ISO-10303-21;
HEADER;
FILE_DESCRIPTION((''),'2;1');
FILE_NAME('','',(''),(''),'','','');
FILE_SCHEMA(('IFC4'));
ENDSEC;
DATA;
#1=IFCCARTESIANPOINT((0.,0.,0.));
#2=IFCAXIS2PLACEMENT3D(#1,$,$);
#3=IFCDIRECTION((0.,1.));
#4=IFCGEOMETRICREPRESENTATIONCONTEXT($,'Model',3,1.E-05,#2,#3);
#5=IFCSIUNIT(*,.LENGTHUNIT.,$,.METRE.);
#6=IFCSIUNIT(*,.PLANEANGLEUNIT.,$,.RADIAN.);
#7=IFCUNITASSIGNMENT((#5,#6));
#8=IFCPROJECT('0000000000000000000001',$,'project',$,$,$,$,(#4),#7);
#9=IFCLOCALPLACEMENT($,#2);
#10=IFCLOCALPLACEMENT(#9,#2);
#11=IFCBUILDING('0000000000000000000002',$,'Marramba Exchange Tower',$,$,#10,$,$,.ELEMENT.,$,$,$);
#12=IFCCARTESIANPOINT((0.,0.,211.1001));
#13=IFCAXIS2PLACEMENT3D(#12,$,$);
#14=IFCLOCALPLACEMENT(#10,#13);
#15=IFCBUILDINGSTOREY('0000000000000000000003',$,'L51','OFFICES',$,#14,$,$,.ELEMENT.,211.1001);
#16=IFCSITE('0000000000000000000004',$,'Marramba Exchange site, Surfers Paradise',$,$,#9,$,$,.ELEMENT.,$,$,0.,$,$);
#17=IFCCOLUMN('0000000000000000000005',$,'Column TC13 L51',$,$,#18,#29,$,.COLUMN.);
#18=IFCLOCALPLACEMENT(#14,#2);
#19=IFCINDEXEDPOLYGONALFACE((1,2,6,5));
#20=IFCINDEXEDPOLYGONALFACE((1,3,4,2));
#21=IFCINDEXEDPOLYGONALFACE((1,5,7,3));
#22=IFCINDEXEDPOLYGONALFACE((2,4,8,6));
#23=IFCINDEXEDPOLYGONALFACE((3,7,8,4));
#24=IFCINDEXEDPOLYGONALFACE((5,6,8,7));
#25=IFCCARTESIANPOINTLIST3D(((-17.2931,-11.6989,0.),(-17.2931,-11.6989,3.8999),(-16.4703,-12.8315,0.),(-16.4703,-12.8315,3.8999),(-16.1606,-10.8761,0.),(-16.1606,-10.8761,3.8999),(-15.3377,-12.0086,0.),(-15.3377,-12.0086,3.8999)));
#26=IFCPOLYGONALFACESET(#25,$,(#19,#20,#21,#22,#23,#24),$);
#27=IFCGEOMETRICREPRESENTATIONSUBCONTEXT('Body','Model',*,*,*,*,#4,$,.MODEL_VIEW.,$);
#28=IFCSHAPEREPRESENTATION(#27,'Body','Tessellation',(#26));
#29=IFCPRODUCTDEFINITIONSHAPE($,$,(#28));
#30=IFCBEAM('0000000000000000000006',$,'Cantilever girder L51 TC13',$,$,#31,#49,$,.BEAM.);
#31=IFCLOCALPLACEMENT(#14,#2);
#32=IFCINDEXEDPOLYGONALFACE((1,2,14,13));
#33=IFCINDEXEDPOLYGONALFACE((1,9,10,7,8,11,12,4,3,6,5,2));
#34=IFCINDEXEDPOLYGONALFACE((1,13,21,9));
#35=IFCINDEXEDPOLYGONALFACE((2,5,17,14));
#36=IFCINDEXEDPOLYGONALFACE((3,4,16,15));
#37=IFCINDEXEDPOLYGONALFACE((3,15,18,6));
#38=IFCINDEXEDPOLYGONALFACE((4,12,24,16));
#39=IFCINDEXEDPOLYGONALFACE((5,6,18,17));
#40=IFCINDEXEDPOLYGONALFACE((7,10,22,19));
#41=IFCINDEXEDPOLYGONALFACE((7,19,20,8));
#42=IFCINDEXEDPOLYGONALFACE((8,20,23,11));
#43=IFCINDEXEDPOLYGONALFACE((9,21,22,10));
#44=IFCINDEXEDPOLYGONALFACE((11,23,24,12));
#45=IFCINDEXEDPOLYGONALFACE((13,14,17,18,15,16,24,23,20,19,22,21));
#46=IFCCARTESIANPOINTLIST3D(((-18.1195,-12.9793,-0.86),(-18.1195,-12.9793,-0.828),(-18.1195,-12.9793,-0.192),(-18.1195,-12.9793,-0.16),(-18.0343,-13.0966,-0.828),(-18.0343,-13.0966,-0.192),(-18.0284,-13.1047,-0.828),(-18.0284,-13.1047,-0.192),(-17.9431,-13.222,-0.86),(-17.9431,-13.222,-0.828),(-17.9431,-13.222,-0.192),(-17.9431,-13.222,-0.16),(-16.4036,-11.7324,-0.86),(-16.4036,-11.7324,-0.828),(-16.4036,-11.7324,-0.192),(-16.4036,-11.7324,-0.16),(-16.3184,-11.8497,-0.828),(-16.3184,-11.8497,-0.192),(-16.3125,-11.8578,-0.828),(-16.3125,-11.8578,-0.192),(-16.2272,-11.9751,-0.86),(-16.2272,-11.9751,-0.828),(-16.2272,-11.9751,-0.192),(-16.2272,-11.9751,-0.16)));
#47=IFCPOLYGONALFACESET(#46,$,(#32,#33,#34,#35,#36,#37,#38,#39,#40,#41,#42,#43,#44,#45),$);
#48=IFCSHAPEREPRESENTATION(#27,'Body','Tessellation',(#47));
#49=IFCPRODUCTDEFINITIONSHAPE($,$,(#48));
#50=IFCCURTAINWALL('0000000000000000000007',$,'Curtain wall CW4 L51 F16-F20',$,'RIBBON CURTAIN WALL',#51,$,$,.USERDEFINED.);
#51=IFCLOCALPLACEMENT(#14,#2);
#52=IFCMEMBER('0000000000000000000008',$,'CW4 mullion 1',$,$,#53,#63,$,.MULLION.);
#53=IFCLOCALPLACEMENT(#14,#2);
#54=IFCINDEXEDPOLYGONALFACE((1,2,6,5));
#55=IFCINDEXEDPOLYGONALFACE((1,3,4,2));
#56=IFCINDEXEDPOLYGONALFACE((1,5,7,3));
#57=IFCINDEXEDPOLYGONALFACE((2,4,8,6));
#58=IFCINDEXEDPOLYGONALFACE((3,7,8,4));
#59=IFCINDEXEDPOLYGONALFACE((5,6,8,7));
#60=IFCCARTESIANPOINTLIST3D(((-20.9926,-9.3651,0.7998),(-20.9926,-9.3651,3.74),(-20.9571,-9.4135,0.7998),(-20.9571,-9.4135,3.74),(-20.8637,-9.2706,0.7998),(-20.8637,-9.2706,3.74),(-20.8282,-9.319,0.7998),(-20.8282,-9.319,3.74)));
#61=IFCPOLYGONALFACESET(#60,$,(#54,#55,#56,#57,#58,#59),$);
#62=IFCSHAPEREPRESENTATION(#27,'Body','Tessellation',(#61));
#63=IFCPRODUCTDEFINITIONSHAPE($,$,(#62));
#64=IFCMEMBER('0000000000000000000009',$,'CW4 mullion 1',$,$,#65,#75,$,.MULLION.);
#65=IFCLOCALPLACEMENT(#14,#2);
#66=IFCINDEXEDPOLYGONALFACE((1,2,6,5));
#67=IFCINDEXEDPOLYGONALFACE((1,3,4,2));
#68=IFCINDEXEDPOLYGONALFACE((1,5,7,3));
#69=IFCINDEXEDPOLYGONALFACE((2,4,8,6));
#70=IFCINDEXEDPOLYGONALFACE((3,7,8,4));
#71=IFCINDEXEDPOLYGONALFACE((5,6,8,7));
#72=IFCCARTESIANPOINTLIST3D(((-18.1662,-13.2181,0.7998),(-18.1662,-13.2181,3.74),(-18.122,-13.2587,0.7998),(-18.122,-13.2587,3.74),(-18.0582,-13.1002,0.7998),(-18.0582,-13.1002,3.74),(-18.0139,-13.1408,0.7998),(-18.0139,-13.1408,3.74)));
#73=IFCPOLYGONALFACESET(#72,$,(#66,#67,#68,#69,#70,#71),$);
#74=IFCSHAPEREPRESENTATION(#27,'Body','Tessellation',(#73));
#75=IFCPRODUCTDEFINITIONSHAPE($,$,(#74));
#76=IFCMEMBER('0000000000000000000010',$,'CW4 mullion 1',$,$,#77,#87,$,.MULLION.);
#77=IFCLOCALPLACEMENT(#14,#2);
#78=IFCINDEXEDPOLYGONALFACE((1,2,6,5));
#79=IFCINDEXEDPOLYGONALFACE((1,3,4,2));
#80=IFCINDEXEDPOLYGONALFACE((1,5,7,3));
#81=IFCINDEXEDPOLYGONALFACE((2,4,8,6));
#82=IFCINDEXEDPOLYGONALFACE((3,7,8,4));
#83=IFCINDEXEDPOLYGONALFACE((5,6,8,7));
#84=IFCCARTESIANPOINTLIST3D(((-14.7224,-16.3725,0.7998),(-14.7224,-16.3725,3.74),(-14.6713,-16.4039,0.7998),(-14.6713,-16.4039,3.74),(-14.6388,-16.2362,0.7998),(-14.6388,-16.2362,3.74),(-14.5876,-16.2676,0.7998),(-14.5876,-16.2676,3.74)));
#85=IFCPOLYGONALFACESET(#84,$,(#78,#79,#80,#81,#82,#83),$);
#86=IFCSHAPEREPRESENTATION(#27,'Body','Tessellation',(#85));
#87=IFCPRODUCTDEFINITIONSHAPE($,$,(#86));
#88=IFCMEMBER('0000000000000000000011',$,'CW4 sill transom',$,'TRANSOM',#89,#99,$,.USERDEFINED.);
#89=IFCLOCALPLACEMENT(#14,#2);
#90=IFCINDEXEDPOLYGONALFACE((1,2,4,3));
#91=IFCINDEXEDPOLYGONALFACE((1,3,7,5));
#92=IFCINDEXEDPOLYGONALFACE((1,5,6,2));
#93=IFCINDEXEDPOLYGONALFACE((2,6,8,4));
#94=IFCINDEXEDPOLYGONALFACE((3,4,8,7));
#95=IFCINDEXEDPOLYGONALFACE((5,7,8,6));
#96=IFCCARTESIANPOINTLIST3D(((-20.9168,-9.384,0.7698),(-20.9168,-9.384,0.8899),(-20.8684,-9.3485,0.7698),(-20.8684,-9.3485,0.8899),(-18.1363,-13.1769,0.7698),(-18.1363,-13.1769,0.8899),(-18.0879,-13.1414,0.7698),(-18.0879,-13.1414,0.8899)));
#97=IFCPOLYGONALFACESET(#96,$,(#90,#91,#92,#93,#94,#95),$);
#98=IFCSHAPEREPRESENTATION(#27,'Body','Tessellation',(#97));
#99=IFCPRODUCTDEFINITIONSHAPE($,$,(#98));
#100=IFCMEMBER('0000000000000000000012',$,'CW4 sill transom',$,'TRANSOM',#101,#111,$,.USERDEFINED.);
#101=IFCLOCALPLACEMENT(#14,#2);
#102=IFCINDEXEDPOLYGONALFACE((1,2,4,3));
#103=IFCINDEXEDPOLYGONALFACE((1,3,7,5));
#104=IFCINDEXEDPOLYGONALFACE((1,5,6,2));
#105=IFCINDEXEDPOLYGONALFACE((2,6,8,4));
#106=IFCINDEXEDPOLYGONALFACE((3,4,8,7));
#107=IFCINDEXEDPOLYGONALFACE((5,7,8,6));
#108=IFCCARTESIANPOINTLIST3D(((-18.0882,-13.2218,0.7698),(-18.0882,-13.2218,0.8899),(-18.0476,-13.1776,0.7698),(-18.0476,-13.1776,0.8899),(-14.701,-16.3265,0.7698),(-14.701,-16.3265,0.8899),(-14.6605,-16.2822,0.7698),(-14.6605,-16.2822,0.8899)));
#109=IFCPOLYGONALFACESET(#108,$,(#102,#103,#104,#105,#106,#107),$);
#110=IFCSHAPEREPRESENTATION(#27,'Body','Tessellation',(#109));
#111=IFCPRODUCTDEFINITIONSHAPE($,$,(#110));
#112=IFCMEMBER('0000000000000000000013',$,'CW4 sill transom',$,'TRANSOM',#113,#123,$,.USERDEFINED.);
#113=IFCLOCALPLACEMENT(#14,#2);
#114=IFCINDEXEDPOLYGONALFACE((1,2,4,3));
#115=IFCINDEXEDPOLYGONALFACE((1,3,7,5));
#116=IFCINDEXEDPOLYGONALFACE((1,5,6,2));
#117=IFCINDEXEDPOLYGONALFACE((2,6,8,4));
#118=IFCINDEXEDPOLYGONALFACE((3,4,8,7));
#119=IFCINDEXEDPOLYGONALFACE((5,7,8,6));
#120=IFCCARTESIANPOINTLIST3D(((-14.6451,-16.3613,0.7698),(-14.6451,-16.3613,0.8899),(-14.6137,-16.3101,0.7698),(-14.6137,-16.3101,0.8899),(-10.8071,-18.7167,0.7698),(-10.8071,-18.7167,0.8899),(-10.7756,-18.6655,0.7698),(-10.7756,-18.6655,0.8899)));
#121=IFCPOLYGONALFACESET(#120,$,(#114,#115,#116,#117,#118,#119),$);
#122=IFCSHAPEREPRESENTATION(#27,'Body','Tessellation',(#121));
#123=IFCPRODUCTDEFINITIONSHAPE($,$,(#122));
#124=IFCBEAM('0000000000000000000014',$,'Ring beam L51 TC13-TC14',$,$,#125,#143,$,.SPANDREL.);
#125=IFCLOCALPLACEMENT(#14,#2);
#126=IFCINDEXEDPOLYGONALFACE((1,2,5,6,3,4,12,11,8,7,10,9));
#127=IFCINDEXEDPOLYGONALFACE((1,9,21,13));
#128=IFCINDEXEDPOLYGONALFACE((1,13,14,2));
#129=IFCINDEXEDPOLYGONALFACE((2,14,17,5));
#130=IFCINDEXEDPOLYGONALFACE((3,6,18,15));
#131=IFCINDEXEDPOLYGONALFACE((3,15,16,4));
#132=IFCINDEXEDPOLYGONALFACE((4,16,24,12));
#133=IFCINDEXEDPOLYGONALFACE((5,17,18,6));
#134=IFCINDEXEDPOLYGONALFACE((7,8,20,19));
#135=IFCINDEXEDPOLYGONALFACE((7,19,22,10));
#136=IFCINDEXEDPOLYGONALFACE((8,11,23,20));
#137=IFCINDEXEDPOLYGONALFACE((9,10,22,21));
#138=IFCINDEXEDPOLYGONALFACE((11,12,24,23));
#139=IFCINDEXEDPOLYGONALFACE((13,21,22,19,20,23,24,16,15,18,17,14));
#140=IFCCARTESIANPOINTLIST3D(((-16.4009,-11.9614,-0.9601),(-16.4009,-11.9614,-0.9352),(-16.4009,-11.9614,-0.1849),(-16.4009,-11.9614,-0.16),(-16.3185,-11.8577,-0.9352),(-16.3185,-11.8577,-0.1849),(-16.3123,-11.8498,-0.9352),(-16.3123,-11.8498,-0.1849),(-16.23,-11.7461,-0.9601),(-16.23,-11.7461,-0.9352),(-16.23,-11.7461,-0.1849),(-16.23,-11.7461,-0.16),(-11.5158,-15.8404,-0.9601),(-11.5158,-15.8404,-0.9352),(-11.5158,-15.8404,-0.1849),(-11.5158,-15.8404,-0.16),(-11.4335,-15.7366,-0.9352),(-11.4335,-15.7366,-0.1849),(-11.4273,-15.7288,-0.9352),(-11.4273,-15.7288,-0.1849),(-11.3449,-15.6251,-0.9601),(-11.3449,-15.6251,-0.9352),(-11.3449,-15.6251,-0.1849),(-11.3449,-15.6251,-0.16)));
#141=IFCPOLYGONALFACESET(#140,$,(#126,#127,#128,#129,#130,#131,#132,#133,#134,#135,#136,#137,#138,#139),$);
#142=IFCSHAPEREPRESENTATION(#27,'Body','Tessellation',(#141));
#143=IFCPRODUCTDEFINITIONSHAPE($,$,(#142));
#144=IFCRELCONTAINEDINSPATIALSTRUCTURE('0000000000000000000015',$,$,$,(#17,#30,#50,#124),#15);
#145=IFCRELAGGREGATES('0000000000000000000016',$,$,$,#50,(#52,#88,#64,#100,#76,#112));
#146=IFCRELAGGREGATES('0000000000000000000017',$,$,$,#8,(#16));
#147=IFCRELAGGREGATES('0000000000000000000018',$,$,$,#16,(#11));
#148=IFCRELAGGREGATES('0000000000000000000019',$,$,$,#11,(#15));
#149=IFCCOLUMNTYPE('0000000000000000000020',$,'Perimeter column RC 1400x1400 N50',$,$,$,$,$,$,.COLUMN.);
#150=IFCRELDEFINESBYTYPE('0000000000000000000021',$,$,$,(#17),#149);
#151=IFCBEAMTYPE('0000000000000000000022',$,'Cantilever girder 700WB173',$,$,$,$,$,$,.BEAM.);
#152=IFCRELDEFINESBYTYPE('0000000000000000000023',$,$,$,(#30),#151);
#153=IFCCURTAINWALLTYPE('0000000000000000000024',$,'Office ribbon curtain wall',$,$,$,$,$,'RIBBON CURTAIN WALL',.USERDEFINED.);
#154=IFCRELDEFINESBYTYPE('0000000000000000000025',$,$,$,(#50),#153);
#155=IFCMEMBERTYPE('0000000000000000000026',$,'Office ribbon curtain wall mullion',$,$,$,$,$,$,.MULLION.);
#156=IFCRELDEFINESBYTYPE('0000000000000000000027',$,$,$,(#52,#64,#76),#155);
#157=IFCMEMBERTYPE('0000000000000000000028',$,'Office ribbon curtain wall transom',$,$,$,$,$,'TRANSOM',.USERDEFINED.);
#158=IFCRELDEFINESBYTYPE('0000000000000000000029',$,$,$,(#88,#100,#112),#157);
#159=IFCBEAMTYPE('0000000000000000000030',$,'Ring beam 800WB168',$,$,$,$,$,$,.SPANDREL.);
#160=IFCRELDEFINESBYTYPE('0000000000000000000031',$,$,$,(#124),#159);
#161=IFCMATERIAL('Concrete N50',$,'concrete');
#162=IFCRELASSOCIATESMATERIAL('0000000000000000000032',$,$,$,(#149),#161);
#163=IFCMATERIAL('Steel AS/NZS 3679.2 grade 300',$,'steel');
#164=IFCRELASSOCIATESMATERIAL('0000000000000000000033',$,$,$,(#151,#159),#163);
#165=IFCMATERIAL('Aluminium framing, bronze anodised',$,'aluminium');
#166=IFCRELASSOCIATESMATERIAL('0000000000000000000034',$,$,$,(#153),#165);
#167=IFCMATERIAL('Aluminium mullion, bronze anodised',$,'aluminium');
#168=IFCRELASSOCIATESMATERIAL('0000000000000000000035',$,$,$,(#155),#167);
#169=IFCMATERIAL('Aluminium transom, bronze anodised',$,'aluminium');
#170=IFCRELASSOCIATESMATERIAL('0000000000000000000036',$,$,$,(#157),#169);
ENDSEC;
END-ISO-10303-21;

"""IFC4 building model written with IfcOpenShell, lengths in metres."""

from ifc_helpers import new_model, si_unit, direction, frame, origin, origin_2d, place, context, subcontext, project, spatial, rectangle, i_section, extrude, material, material_profile, profile_set, type_object, element, aggregate, save


model = new_model("IFC4")

# Units and contexts
model_context = context("Model", 3, precision=1e-05, world=origin(), true_north=direction((0.0, 1.0)))
body_context = subcontext(model_context, "Body", "Model", "MODEL_VIEW")
ifc_project = project(units=[si_unit("LENGTHUNIT", "METRE"), si_unit("PLANEANGLEUNIT", "RADIAN")], contexts=[model_context])

# Site, building, storey
site_placement = place(None, origin())
site = spatial("IfcSite", under=ifc_project, at=site_placement, Name="Marramba Exchange site, Surfers Paradise", CompositionType="ELEMENT", RefElevation=0.0)
building_placement = place(site_placement, origin())
building = spatial("IfcBuilding", under=site, at=building_placement, Name="Marramba Exchange Tower", CompositionType="ELEMENT")
storey_placement = place(building_placement, frame((0.0, 0.0, 211.1001)))
storey = spatial("IfcBuildingStorey", under=building, at=storey_placement, Name="L51", Description="OFFICES", CompositionType="ELEMENT", Elevation=211.1001)

# Column
ifc_material_1 = material(Name="Concrete N50", Category="concrete")
ifc_material_profile_1 = material_profile(ifc_material_1, rectangle(XDim=1.3999, YDim=1.3999, at=origin_2d()), Name="RC 1400x1400")
ifc_profile_set_1 = profile_set([ifc_material_profile_1], Name="Concrete N50")
column_type = type_object("IfcColumnType", Name="Perimeter column RC 1400x1400 N50", PredefinedType="COLUMN", material=ifc_profile_set_1)
column_placement = place(storey_placement, frame((-16.3154, -11.8538, 0.0), z_axis=(0.0, 0.0, 1.0), x_axis=(-0.809017, -0.587785, 0.0)))
element("IfcColumn", 1, at=column_placement, inside=storey, type_object=column_type, Name="Column TC13 L51", PredefinedType="COLUMN", context=body_context, shape_type="SweptSolid", body=[
    extrude(rectangle(XDim=1.3999, YDim=1.3999, at=origin_2d()), origin(), (0.0, 0.0, 1.0), 3.8999),
])

# Beam
ifc_material_2 = material(Name="Steel AS/NZS 3679.2 grade 300", Category="steel")
ifc_material_profile_2 = material_profile(ifc_material_2, i_section(OverallWidth=0.3, OverallDepth=0.7, WebThickness=0.01, FlangeThickness=0.032, at=origin_2d()), Name="700WB173")
ifc_profile_set_2 = profile_set([ifc_material_profile_2], Name="Steel AS/NZS 3679.2 grade 300")
beam_type_1 = type_object("IfcBeamType", Name="Cantilever girder 700WB173", PredefinedType="BEAM", material=ifc_profile_set_2)
beam_1_placement = place(storey_placement, frame((-16.3154, -11.8538, -0.51), z_axis=(-0.80897, -0.58785, 0.0), x_axis=(0.58785, -0.80897, 0.0)))
element("IfcBeam", 2, at=beam_1_placement, inside=storey, type_object=beam_type_1, Name="Cantilever girder L51 TC13", PredefinedType="BEAM", context=body_context, shape_type="SweptSolid", body=[
    extrude(i_section(OverallWidth=0.3, OverallDepth=0.7, WebThickness=0.01, FlangeThickness=0.032, at=origin_2d()), origin(), (0.0, 0.0, 1.0), 2.1211),
])

# Curtain wall, members
ifc_material_3 = material(Name="Aluminium framing, bronze anodised", Category="aluminium")
curtain_wall_type = type_object("IfcCurtainWallType", Name="Office ribbon curtain wall", ElementType="RIBBON CURTAIN WALL", PredefinedType="USERDEFINED", material=ifc_material_3)
curtain_wall_placement = place(storey_placement, origin())
curtain_wall = element("IfcCurtainWall", 3, at=curtain_wall_placement, inside=storey, type_object=curtain_wall_type, Name="Curtain wall CW4 L51 F16-F20", ObjectType="RIBBON CURTAIN WALL", PredefinedType="USERDEFINED")
ifc_material_4 = material(Name="Aluminium mullion, bronze anodised", Category="aluminium")
ifc_material_profile_3 = material_profile(ifc_material_4, rectangle(XDim=0.1599, YDim=0.0601, at=origin_2d()), Name="CW4 mullion 60x160")
ifc_profile_set_3 = profile_set([ifc_material_profile_3], Name="Aluminium mullion, bronze anodised")
member_type_1 = type_object("IfcMemberType", Name="Office ribbon curtain wall mullion", PredefinedType="MULLION", material=ifc_profile_set_3)
member_1_placement = place(storey_placement, frame((-20.9104, -9.342, 0.7998), z_axis=(0.0, 0.0, 1.0), x_axis=(0.806508, 0.591223, 0.0)))
member_1 = element("IfcMember", 4, at=member_1_placement, type_object=member_type_1, Name="CW4 mullion 1", PredefinedType="MULLION", context=body_context, shape_type="SweptSolid", body=[
    extrude(rectangle(XDim=0.1599, YDim=0.0601, at=origin_2d()), origin(), (0.0, 0.0, 1.0), 2.9402),
])
member_2_placement = place(storey_placement, frame((-18.0901, -13.1794, 0.7998), z_axis=(0.0, 0.0, 1.0), x_axis=(0.675671, 0.737203, 0.0)))
member_2 = element("IfcMember", 5, at=member_2_placement, type_object=member_type_1, Name="CW4 mullion 1", PredefinedType="MULLION", context=body_context, shape_type="SweptSolid", body=[
    extrude(rectangle(XDim=0.1599, YDim=0.0601, at=origin_2d()), origin(), (0.0, 0.0, 1.0), 2.9402),
])
member_3_placement = place(storey_placement, frame((-14.655, -16.3201, 0.7998), z_axis=(0.0, 0.0, 1.0), x_axis=(0.523052, 0.852301, 0.0)))
member_3 = element("IfcMember", 6, at=member_3_placement, type_object=member_type_1, Name="CW4 mullion 1", PredefinedType="MULLION", context=body_context, shape_type="SweptSolid", body=[
    extrude(rectangle(XDim=0.1599, YDim=0.0601, at=origin_2d()), origin(), (0.0, 0.0, 1.0), 2.9402),
])
ifc_material_5 = material(Name="Aluminium transom, bronze anodised", Category="aluminium")
ifc_material_profile_4 = material_profile(ifc_material_5, rectangle(XDim=0.0601, YDim=0.1201, at=origin_2d()), Name="CW4 transom 60x120")
ifc_profile_set_4 = profile_set([ifc_material_profile_4], Name="Aluminium transom, bronze anodised")
member_type_2 = type_object("IfcMemberType", Name="Office ribbon curtain wall transom", ElementType="TRANSOM", PredefinedType="USERDEFINED", material=ifc_profile_set_4)
member_4_placement = place(storey_placement, frame((-20.8926, -9.3662, 0.8298), z_axis=(0.591226, -0.806506, 0.0), x_axis=(0.806506, 0.591226, 0.0)))
member_4 = element("IfcMember", 7, at=member_4_placement, type_object=member_type_2, Name="CW4 sill transom", ObjectType="TRANSOM", PredefinedType="USERDEFINED", context=body_context, shape_type="SweptSolid", body=[
    extrude(rectangle(XDim=0.0601, YDim=0.1201, at=origin_2d()), origin(), (0.0, 0.0, 1.0), 4.7029),
])
member_5_placement = place(storey_placement, frame((-18.0679, -13.1997, 0.8298), z_axis=(0.737176, -0.675701, 0.0), x_axis=(0.675701, 0.737176, 0.0)))
member_5 = element("IfcMember", 8, at=member_5_placement, type_object=member_type_2, Name="CW4 sill transom", ObjectType="TRANSOM", PredefinedType="USERDEFINED", context=body_context, shape_type="SweptSolid", body=[
    extrude(rectangle(XDim=0.0601, YDim=0.1201, at=origin_2d()), origin(), (0.0, 0.0, 1.0), 4.5947),
])
member_6_placement = place(storey_placement, frame((-14.6294, -16.3357, 0.8298), z_axis=(0.852298, -0.523056, 0.0), x_axis=(0.523056, 0.852298, 0.0)))
member_6 = element("IfcMember", 9, at=member_6_placement, type_object=member_type_2, Name="CW4 sill transom", ObjectType="TRANSOM", PredefinedType="USERDEFINED", context=body_context, shape_type="SweptSolid", body=[
    extrude(rectangle(XDim=0.0601, YDim=0.1201, at=origin_2d()), origin(), (0.0, 0.0, 1.0), 4.5032),
])

# Beam
ifc_material_profile_5 = material_profile(ifc_material_2, i_section(OverallWidth=0.2749, OverallDepth=0.8, WebThickness=0.01, FlangeThickness=0.0249, at=origin_2d()), Name="800WB168")
ifc_profile_set_5 = profile_set([ifc_material_profile_5], Name="Steel AS/NZS 3679.2 grade 300")
beam_type_2 = type_object("IfcBeamType", Name="Ring beam 800WB168", PredefinedType="SPANDREL", material=ifc_profile_set_5)
beam_2_placement = place(storey_placement, frame((-16.3154, -11.8538, -0.5601), z_axis=(0.783139, -0.621846, 0.0), x_axis=(0.621846, 0.783139, 0.0)))
element("IfcBeam", 10, at=beam_2_placement, inside=storey, type_object=beam_type_2, Name="Ring beam L51 TC13-TC14", PredefinedType="SPANDREL", context=body_context, shape_type="SweptSolid", body=[
    extrude(i_section(OverallWidth=0.2749, OverallDepth=0.8, WebThickness=0.01, FlangeThickness=0.0249, at=origin_2d()), origin(), (0.0, 0.0, 1.0), 6.2378),
])

aggregate(curtain_wall, [member_1, member_4, member_2, member_5, member_3, member_6])

save(model, "model.ifc")
